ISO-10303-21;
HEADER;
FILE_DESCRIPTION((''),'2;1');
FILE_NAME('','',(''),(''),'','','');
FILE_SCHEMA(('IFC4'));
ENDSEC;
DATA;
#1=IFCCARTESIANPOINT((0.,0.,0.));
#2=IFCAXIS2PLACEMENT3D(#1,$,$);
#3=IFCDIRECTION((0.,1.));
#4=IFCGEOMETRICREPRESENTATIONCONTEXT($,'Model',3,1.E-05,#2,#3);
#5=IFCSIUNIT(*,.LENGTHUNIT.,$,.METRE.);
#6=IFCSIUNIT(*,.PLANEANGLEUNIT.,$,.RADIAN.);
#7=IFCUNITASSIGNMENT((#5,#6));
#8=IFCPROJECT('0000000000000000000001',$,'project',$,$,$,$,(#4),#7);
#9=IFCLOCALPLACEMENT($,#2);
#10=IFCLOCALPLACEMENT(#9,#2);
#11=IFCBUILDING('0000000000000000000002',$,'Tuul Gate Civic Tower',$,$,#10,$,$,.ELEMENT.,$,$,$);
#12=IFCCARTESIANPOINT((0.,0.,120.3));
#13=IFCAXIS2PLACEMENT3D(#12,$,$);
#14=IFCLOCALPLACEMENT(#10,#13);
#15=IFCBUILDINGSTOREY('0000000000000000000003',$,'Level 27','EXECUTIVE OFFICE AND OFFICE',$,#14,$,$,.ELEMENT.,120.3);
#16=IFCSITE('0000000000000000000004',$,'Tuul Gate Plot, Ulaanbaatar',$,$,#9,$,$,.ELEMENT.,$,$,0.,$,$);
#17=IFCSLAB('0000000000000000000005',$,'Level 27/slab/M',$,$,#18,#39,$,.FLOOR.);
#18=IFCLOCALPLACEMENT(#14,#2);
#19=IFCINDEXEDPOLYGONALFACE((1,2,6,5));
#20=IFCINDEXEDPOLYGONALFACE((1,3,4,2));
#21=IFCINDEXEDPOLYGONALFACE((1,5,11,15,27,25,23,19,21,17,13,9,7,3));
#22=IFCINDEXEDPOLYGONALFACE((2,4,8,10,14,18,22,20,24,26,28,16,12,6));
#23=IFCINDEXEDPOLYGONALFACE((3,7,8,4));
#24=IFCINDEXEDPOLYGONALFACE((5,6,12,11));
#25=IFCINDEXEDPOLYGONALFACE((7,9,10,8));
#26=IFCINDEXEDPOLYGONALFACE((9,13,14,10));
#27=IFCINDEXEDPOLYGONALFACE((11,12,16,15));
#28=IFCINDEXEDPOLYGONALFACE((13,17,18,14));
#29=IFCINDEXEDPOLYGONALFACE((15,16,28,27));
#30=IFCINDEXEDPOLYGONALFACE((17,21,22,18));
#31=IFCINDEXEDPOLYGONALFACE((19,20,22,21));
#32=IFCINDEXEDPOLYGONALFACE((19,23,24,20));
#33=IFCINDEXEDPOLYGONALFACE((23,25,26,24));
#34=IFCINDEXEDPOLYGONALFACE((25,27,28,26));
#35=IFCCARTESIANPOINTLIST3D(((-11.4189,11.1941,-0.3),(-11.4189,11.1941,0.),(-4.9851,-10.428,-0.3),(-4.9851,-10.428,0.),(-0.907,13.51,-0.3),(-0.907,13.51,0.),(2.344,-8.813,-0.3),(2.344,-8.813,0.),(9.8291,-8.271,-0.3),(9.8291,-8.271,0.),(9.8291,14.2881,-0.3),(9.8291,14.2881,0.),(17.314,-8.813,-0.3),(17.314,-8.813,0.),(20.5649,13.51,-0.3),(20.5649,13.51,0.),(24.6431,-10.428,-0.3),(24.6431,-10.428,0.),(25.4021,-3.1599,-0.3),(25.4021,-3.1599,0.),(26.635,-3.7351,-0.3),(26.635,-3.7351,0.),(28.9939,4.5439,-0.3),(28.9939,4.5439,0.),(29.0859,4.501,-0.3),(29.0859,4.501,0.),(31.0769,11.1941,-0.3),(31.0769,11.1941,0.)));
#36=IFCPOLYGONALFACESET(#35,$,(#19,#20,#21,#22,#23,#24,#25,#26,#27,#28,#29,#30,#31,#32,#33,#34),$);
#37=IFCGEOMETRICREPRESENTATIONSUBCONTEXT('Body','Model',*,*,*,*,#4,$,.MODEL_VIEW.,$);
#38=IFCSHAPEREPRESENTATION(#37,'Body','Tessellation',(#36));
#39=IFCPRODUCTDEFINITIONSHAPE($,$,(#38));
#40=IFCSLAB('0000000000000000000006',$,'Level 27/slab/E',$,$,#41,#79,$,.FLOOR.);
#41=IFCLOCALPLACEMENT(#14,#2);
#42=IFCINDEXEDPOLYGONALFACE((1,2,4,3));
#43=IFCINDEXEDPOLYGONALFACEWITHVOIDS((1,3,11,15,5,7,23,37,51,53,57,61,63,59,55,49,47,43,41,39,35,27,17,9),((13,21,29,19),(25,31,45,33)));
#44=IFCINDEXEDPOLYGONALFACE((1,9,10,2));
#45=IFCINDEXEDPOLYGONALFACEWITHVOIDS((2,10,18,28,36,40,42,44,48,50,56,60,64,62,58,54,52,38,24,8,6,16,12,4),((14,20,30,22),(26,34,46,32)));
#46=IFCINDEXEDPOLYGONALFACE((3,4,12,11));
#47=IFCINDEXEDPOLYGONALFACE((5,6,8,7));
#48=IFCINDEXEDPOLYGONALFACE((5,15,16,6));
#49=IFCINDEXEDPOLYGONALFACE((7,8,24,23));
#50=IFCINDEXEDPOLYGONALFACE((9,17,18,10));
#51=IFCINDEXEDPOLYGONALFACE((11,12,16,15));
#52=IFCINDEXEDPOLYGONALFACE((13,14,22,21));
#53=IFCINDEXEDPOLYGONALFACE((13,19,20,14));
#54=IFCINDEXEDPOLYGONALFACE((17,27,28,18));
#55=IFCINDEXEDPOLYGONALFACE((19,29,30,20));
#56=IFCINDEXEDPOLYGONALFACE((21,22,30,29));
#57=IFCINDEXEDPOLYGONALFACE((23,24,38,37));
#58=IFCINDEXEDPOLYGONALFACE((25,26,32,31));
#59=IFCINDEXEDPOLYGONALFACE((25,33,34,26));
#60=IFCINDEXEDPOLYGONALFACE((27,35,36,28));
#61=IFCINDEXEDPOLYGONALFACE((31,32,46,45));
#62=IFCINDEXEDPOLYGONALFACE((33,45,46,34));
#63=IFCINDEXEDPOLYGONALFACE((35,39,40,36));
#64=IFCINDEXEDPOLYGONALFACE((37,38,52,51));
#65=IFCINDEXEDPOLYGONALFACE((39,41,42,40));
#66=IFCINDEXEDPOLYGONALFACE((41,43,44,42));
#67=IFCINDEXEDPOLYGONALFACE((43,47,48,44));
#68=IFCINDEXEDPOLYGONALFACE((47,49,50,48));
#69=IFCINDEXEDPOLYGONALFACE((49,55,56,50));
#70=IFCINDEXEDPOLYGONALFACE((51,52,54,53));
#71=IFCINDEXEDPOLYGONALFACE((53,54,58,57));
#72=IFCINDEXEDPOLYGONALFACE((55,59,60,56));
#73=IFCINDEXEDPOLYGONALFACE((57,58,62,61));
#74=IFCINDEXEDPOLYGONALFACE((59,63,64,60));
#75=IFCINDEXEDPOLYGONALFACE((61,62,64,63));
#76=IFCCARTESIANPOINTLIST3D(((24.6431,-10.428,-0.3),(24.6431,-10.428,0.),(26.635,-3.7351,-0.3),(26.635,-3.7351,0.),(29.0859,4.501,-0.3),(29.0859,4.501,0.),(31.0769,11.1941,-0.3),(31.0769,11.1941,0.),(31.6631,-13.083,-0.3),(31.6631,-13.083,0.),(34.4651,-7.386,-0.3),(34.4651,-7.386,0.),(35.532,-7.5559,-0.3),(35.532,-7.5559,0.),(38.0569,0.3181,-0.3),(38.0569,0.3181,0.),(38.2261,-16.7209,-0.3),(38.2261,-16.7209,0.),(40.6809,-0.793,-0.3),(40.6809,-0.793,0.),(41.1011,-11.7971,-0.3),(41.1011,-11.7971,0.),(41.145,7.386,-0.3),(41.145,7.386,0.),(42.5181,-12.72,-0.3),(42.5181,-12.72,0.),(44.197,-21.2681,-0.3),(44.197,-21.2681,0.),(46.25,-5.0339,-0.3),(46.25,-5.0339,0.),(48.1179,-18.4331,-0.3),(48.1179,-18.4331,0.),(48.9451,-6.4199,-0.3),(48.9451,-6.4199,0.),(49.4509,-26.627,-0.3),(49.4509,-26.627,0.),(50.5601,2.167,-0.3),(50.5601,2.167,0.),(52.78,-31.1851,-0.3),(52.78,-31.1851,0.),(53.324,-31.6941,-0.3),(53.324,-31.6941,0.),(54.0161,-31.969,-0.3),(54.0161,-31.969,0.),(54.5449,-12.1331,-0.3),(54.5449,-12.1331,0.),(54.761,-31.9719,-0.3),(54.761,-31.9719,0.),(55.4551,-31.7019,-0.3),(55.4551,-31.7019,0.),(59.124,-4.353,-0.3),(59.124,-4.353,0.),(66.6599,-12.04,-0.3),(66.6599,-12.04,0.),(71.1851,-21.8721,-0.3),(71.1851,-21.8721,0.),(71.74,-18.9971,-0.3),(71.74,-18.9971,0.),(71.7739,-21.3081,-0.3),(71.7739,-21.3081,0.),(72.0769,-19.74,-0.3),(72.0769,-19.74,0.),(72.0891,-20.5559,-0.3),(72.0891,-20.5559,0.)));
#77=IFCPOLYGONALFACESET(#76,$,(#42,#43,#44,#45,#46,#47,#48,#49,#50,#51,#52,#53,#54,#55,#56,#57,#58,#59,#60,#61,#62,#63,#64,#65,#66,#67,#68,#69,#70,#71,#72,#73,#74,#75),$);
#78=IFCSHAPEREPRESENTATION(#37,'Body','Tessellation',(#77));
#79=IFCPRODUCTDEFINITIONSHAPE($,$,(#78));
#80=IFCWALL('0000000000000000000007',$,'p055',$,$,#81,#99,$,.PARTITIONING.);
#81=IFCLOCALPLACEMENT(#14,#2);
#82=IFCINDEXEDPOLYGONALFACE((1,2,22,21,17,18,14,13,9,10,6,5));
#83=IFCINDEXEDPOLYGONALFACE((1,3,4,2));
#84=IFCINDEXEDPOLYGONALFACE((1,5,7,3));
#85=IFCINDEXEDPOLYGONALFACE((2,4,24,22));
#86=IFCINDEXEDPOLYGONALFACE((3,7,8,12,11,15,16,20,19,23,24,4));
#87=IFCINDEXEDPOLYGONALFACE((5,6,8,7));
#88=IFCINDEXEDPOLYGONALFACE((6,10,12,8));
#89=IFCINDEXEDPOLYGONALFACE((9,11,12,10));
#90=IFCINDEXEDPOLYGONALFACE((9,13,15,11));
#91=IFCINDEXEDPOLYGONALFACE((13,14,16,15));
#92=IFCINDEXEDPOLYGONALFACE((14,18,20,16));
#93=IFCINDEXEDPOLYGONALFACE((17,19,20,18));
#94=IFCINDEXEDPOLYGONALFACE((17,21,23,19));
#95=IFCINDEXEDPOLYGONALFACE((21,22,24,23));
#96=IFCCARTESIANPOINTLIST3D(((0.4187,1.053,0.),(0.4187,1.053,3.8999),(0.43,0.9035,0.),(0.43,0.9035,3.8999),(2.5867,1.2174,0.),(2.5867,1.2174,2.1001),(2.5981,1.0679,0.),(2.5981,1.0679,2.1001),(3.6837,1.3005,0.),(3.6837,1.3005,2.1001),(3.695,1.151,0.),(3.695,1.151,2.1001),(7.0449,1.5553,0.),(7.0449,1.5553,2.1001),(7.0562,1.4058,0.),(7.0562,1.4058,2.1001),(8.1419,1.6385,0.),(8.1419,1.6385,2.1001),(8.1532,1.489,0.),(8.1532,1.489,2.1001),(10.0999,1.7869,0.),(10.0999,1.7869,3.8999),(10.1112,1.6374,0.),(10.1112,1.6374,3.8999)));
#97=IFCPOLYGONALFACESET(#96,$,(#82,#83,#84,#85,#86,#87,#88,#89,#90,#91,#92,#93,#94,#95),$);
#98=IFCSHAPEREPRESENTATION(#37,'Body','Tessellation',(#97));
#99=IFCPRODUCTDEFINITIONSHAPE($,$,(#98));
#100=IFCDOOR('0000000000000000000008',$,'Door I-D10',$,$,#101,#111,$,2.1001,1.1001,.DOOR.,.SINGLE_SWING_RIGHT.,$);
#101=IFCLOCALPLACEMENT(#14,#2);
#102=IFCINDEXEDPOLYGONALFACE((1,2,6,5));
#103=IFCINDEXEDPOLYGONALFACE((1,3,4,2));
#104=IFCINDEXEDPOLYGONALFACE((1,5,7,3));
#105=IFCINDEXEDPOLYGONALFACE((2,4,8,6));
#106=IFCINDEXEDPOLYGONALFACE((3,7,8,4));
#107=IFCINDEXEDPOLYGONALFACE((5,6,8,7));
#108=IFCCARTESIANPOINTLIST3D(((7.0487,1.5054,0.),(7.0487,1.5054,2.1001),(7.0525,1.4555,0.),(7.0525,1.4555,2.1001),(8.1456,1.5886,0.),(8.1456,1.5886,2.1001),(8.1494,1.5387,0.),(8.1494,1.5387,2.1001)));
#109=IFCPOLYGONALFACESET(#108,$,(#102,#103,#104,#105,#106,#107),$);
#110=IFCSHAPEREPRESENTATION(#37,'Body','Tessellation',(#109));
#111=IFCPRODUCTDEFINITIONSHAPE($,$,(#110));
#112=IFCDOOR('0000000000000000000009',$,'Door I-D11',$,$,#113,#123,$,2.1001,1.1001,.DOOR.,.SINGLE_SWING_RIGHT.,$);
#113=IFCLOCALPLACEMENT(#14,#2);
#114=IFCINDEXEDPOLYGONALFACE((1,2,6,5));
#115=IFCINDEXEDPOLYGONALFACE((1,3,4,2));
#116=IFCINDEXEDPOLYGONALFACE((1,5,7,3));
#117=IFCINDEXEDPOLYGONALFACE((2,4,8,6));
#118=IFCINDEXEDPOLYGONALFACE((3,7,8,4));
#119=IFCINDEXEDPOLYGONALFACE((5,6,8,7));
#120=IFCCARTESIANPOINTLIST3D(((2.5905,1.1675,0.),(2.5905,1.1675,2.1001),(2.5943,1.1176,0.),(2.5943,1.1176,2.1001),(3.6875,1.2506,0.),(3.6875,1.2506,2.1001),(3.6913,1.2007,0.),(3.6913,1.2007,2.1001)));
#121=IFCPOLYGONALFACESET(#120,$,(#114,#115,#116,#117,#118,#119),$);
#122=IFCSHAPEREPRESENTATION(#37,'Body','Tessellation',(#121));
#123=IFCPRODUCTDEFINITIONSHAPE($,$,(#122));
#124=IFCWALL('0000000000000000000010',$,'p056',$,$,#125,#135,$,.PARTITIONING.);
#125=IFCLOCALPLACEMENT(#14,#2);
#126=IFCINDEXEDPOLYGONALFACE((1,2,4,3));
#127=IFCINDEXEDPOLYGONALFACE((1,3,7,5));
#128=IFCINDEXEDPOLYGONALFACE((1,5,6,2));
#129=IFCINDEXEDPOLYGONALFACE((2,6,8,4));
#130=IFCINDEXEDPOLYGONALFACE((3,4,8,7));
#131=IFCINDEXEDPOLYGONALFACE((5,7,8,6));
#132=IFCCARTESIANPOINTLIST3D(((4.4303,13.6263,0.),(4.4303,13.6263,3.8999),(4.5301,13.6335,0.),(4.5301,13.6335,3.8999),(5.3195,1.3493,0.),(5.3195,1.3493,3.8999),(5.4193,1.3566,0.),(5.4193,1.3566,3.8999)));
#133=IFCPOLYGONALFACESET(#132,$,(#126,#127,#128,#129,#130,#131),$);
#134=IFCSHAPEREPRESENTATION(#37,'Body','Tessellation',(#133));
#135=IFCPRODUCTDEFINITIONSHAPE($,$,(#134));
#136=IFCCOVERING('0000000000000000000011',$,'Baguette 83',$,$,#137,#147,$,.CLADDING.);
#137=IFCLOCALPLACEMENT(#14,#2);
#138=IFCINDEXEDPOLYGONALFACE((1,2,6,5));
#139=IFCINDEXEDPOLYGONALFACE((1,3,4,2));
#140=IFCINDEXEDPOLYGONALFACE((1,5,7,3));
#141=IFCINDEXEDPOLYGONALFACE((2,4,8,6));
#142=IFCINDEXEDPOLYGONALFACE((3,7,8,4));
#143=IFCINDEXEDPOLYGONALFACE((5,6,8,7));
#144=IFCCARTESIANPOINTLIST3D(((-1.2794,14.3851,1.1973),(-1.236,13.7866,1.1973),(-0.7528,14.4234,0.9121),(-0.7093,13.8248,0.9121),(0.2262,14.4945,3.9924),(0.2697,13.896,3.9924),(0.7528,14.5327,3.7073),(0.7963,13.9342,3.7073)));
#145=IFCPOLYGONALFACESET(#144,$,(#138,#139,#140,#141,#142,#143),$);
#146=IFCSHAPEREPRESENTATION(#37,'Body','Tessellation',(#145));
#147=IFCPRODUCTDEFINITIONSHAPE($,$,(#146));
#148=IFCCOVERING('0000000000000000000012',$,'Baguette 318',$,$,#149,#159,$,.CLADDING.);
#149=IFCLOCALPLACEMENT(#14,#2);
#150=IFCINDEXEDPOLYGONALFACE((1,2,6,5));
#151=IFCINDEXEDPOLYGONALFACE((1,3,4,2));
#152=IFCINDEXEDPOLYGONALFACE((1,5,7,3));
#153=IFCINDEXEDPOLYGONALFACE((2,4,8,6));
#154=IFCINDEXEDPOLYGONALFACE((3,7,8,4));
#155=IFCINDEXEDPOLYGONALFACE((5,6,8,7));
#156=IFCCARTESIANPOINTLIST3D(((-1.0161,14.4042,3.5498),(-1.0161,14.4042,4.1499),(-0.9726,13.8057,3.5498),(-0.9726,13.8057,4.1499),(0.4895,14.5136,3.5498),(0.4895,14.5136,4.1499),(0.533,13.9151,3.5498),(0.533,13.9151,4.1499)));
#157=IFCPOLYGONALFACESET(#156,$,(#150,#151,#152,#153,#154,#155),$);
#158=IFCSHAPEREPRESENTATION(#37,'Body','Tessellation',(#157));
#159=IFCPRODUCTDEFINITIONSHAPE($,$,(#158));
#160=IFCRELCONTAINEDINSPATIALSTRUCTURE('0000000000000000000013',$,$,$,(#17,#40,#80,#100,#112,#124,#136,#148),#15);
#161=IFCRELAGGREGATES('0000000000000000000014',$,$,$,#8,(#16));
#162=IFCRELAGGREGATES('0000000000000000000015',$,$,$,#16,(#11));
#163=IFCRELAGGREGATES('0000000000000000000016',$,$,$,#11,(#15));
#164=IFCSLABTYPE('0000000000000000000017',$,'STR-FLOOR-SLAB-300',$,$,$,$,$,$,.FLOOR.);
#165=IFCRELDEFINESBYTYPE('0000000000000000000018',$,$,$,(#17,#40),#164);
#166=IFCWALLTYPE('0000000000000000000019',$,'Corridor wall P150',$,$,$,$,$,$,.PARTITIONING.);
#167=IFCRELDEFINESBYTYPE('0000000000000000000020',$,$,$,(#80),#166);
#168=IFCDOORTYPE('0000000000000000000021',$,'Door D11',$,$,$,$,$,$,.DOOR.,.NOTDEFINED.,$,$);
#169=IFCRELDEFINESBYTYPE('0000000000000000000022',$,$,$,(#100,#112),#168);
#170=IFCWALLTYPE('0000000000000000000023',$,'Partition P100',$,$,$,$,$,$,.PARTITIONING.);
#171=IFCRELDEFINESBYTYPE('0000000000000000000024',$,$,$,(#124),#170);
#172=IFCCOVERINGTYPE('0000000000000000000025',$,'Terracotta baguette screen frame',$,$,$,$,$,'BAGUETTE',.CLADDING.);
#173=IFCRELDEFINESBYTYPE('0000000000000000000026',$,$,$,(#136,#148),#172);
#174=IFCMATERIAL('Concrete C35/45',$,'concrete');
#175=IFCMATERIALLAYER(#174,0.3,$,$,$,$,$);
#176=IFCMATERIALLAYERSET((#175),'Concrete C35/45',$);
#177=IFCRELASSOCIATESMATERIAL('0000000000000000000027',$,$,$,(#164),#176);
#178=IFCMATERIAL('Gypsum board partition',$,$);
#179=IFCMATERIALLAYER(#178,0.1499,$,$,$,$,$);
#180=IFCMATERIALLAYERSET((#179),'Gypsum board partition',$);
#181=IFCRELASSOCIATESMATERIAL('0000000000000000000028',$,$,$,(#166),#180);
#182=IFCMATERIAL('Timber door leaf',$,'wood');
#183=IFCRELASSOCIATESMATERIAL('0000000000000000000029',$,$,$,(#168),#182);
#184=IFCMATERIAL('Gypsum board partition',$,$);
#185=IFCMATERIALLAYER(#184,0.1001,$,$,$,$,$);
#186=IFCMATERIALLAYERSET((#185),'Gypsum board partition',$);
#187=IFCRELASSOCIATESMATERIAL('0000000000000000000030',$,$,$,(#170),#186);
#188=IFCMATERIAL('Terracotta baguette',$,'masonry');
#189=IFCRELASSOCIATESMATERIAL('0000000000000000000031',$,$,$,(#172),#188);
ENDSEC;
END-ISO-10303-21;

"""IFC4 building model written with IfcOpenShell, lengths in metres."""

from ifc_helpers import new_model, si_unit, direction, frame, frame_2d, origin, origin_2d, place, context, subcontext, project, spatial, polyline, rectangle, outline, extrude, material, layer, layer_set, material_profile, profile_set, type_object, element, fill, save


model = new_model("IFC4")

# Units and contexts
model_context = context("Model", 3, precision=1e-05, world=origin(), true_north=direction((0.0, 1.0)))
body_context = subcontext(model_context, "Body", "Model", "MODEL_VIEW")
ifc_project = project(units=[si_unit("LENGTHUNIT", "METRE"), si_unit("PLANEANGLEUNIT", "RADIAN")], contexts=[model_context])

# Site, building, storey
site_placement = place(None, origin())
site = spatial("IfcSite", under=ifc_project, at=site_placement, Name="Tuul Gate Plot, Ulaanbaatar", CompositionType="ELEMENT", RefElevation=0.0)
building_placement = place(site_placement, origin())
building = spatial("IfcBuilding", under=site, at=building_placement, Name="Tuul Gate Civic Tower", CompositionType="ELEMENT")
storey_placement = place(building_placement, frame((0.0, 0.0, 120.3)))
storey = spatial("IfcBuildingStorey", under=building, at=storey_placement, Name="Level 27", Description="EXECUTIVE OFFICE AND OFFICE", CompositionType="ELEMENT", Elevation=120.3)

# Slabs
ifc_material_1 = material(Name="Concrete C35/45", Category="concrete")
ifc_layer_1 = layer(ifc_material_1, 0.3)
ifc_layer_set_1 = layer_set([ifc_layer_1], Name="Concrete C35/45")
slab_type_1 = type_object("IfcSlabType", Name="STR-FLOOR-SLAB-300", PredefinedType="FLOOR", material=ifc_layer_set_1)
slab_1_placement = place(storey_placement, frame((0.0, 0.0, -0.3)))
element("IfcSlab", 1, at=slab_1_placement, inside=storey, type_object=slab_type_1, Name="Level 27/slab/M", PredefinedType="FLOOR", context=body_context, shape_type="SweptSolid", body=[
    extrude(outline(polyline([(24.6431, -10.428), (26.635, -3.7351), (25.4021, -3.1599), (28.9939, 4.5439), (29.0859, 4.501), (31.0769, 11.1941), (20.5649, 13.51), (9.8291, 14.2881), (-0.907, 13.51), (-11.4189, 11.1941), (-4.9851, -10.428), (2.344, -8.813), (9.8291, -8.271), (17.314, -8.813), (24.6431, -10.428)])), origin(), (0.0, 0.0, 1.0), 0.3),
])
slab_2_placement = place(storey_placement, frame((0.0, 0.0, -0.3)))
element("IfcSlab", 2, at=slab_2_placement, inside=storey, type_object=slab_type_1, Name="Level 27/slab/E", PredefinedType="FLOOR", context=body_context, shape_type="SweptSolid", body=[
    extrude(outline(polyline([(54.761, -31.9719), (55.4551, -31.7019), (71.1851, -21.8721), (71.7739, -21.3081), (72.0891, -20.5559), (72.0769, -19.74), (71.74, -18.9971), (66.6599, -12.04), (59.124, -4.353), (50.5601, 2.167), (41.145, 7.386), (31.0769, 11.1941), (29.0859, 4.501), (38.0569, 0.3181), (34.4651, -7.386), (26.635, -3.7351), (24.6431, -10.428), (31.6631, -13.083), (38.2261, -16.7209), (44.197, -21.2681), (49.4509, -26.627), (52.78, -31.1851), (53.324, -31.6941), (54.0161, -31.969), (54.761, -31.9719)]), holes=[polyline([(48.1179, -18.4331), (42.5181, -12.72), (48.9451, -6.4199), (54.5449, -12.1331), (48.1179, -18.4331)]), polyline([(35.532, -7.5559), (40.6809, -0.793), (46.25, -5.0339), (41.1011, -11.7971), (35.532, -7.5559)])]), origin(), (0.0, 0.0, 1.0), 0.3),
])

# Wall, openings, doors
ifc_material_2 = material(Name="Gypsum board partition")
ifc_layer_2 = layer(ifc_material_2, 0.1499)
ifc_layer_set_2 = layer_set([ifc_layer_2], Name="Gypsum board partition")
wall_type_1 = type_object("IfcWallType", Name="Corridor wall P150", PredefinedType="PARTITIONING", material=ifc_layer_set_2)
wall_1_placement = place(storey_placement, frame((0.4243, 0.9783, 0.0), z_axis=(0.0, 0.0, 1.0), x_axis=(0.997139, 0.075589, 0.0)))
wall_1 = element("IfcWall", 3, at=wall_1_placement, inside=storey, type_object=wall_type_1, Name="p055", PredefinedType="PARTITIONING", context=body_context, shape_type="SweptSolid", body=[
    extrude(rectangle(XDim=9.709, YDim=0.1499, at=frame_2d((4.8545, 0.0))), origin(), (0.0, 0.0, 1.0), 3.8999),
])
opening_1_placement = place(wall_1_placement, frame((6.6453, 0.0, 0.0)))
opening_1 = element("IfcOpeningElement", 4, at=opening_1_placement, cuts=wall_1, PredefinedType="OPENING", context=body_context, shape_type="SweptSolid", body=[
    extrude(rectangle(XDim=1.1001, YDim=2.1001, at=frame_2d((0.55, 1.05))), frame((0.0, 0.085, 0.0), z_axis=(0.0, -1.0, 0.0), x_axis=(1.0, 0.0, 0.0)), (0.0, 0.0, 1.0), 0.1699),
])
opening_2_placement = place(wall_1_placement, frame((2.1743, 0.0, 0.0)))
opening_2 = element("IfcOpeningElement", 5, at=opening_2_placement, cuts=wall_1, PredefinedType="OPENING", context=body_context, shape_type="SweptSolid", body=[
    extrude(rectangle(XDim=1.1001, YDim=2.1001, at=frame_2d((0.55, 1.05))), frame((0.0, 0.085, 0.0), z_axis=(0.0, -1.0, 0.0), x_axis=(1.0, 0.0, 0.0)), (0.0, 0.0, 1.0), 0.1699),
])
ifc_material_3 = material(Name="Timber door leaf", Category="wood")
door_type = type_object("IfcDoorType", Name="Door D11", OperationType="NOTDEFINED", PredefinedType="DOOR", material=ifc_material_3)
door_1_placement = place(opening_1_placement, origin())
door_1 = element("IfcDoor", 6, at=door_1_placement, inside=storey, type_object=door_type, Name="Door I-D10", OperationType="SINGLE_SWING_RIGHT", OverallHeight=2.1001, OverallWidth=1.1001, PredefinedType="DOOR", context=body_context, shape_type="SweptSolid", body=[
    extrude(rectangle(XDim=1.1001, YDim=2.1001, at=frame_2d((0.55, 1.05))), frame((0.0, 0.0249, 0.0), z_axis=(0.0, -1.0, 0.0), x_axis=(1.0, 0.0, 0.0)), (0.0, 0.0, 1.0), 0.05),
])
fill(opening_1, door_1)
door_2_placement = place(opening_2_placement, origin())
door_2 = element("IfcDoor", 7, at=door_2_placement, inside=storey, type_object=door_type, Name="Door I-D11", OperationType="SINGLE_SWING_RIGHT", OverallHeight=2.1001, OverallWidth=1.1001, PredefinedType="DOOR", context=body_context, shape_type="SweptSolid", body=[
    extrude(rectangle(XDim=1.1001, YDim=2.1001, at=frame_2d((0.55, 1.05))), frame((0.0, 0.0249, 0.0), z_axis=(0.0, -1.0, 0.0), x_axis=(1.0, 0.0, 0.0)), (0.0, 0.0, 1.0), 0.05),
])
fill(opening_2, door_2)

# Wall
ifc_material_4 = material(Name="Gypsum board partition")
ifc_layer_3 = layer(ifc_material_4, 0.1001)
ifc_layer_set_3 = layer_set([ifc_layer_3], Name="Gypsum board partition")
wall_type_2 = type_object("IfcWallType", Name="Partition P100", PredefinedType="PARTITIONING", material=ifc_layer_set_3)
wall_2_placement = place(storey_placement, frame((4.4802, 13.6299, 0.0), z_axis=(0.0, 0.0, 1.0), x_axis=(0.072237, -0.997388, 0.0)))
element("IfcWall", 8, at=wall_2_placement, inside=storey, type_object=wall_type_2, Name="p056", PredefinedType="PARTITIONING", context=body_context, shape_type="SweptSolid", body=[
    extrude(rectangle(XDim=12.3091, YDim=0.1001, at=frame_2d((6.1545, 0.0))), origin(), (0.0, 0.0, 1.0), 3.8999),
])

# Coverings
ifc_material_5 = material(Name="Terracotta baguette", Category="masonry")
ifc_material_profile = material_profile(ifc_material_5, rectangle(XDim=0.6001, YDim=0.6001, at=origin_2d()), Name="Terracotta baguette screen frame")
ifc_profile_set = profile_set([ifc_material_profile], Name="Terracotta baguette")
covering_type = type_object("IfcCoveringType", Name="Terracotta baguette screen frame", ElementType="BAGUETTE", PredefinedType="CLADDING", material=ifc_profile_set)
covering_1_placement = place(storey_placement, frame((0.5112, 14.2144, 3.8499), z_axis=(-0.473947, -0.03443, -0.87988), x_axis=(0.072454, -0.997372, 0.0)))
element("IfcCovering", 9, at=covering_1_placement, inside=storey, type_object=covering_type, Name="Baguette 83", PredefinedType="CLADDING", context=body_context, shape_type="SweptSolid", body=[
    extrude(rectangle(XDim=0.6001, YDim=0.6001, at=origin_2d()), origin(), (0.0, 0.0, 1.0), 3.1768),
])
covering_2_placement = place(storey_placement, frame((0.5112, 14.2144, 3.8499), z_axis=(-0.997372, -0.072454, 0.0), x_axis=(0.072454, -0.997372, 0.0)))
element("IfcCovering", 10, at=covering_2_placement, inside=storey, type_object=covering_type, Name="Baguette 318", PredefinedType="CLADDING", context=body_context, shape_type="SweptSolid", body=[
    extrude(rectangle(XDim=0.6001, YDim=0.6001, at=origin_2d()), origin(), (0.0, 0.0, 1.0), 1.5095),
])

save(model, "model.ifc")
